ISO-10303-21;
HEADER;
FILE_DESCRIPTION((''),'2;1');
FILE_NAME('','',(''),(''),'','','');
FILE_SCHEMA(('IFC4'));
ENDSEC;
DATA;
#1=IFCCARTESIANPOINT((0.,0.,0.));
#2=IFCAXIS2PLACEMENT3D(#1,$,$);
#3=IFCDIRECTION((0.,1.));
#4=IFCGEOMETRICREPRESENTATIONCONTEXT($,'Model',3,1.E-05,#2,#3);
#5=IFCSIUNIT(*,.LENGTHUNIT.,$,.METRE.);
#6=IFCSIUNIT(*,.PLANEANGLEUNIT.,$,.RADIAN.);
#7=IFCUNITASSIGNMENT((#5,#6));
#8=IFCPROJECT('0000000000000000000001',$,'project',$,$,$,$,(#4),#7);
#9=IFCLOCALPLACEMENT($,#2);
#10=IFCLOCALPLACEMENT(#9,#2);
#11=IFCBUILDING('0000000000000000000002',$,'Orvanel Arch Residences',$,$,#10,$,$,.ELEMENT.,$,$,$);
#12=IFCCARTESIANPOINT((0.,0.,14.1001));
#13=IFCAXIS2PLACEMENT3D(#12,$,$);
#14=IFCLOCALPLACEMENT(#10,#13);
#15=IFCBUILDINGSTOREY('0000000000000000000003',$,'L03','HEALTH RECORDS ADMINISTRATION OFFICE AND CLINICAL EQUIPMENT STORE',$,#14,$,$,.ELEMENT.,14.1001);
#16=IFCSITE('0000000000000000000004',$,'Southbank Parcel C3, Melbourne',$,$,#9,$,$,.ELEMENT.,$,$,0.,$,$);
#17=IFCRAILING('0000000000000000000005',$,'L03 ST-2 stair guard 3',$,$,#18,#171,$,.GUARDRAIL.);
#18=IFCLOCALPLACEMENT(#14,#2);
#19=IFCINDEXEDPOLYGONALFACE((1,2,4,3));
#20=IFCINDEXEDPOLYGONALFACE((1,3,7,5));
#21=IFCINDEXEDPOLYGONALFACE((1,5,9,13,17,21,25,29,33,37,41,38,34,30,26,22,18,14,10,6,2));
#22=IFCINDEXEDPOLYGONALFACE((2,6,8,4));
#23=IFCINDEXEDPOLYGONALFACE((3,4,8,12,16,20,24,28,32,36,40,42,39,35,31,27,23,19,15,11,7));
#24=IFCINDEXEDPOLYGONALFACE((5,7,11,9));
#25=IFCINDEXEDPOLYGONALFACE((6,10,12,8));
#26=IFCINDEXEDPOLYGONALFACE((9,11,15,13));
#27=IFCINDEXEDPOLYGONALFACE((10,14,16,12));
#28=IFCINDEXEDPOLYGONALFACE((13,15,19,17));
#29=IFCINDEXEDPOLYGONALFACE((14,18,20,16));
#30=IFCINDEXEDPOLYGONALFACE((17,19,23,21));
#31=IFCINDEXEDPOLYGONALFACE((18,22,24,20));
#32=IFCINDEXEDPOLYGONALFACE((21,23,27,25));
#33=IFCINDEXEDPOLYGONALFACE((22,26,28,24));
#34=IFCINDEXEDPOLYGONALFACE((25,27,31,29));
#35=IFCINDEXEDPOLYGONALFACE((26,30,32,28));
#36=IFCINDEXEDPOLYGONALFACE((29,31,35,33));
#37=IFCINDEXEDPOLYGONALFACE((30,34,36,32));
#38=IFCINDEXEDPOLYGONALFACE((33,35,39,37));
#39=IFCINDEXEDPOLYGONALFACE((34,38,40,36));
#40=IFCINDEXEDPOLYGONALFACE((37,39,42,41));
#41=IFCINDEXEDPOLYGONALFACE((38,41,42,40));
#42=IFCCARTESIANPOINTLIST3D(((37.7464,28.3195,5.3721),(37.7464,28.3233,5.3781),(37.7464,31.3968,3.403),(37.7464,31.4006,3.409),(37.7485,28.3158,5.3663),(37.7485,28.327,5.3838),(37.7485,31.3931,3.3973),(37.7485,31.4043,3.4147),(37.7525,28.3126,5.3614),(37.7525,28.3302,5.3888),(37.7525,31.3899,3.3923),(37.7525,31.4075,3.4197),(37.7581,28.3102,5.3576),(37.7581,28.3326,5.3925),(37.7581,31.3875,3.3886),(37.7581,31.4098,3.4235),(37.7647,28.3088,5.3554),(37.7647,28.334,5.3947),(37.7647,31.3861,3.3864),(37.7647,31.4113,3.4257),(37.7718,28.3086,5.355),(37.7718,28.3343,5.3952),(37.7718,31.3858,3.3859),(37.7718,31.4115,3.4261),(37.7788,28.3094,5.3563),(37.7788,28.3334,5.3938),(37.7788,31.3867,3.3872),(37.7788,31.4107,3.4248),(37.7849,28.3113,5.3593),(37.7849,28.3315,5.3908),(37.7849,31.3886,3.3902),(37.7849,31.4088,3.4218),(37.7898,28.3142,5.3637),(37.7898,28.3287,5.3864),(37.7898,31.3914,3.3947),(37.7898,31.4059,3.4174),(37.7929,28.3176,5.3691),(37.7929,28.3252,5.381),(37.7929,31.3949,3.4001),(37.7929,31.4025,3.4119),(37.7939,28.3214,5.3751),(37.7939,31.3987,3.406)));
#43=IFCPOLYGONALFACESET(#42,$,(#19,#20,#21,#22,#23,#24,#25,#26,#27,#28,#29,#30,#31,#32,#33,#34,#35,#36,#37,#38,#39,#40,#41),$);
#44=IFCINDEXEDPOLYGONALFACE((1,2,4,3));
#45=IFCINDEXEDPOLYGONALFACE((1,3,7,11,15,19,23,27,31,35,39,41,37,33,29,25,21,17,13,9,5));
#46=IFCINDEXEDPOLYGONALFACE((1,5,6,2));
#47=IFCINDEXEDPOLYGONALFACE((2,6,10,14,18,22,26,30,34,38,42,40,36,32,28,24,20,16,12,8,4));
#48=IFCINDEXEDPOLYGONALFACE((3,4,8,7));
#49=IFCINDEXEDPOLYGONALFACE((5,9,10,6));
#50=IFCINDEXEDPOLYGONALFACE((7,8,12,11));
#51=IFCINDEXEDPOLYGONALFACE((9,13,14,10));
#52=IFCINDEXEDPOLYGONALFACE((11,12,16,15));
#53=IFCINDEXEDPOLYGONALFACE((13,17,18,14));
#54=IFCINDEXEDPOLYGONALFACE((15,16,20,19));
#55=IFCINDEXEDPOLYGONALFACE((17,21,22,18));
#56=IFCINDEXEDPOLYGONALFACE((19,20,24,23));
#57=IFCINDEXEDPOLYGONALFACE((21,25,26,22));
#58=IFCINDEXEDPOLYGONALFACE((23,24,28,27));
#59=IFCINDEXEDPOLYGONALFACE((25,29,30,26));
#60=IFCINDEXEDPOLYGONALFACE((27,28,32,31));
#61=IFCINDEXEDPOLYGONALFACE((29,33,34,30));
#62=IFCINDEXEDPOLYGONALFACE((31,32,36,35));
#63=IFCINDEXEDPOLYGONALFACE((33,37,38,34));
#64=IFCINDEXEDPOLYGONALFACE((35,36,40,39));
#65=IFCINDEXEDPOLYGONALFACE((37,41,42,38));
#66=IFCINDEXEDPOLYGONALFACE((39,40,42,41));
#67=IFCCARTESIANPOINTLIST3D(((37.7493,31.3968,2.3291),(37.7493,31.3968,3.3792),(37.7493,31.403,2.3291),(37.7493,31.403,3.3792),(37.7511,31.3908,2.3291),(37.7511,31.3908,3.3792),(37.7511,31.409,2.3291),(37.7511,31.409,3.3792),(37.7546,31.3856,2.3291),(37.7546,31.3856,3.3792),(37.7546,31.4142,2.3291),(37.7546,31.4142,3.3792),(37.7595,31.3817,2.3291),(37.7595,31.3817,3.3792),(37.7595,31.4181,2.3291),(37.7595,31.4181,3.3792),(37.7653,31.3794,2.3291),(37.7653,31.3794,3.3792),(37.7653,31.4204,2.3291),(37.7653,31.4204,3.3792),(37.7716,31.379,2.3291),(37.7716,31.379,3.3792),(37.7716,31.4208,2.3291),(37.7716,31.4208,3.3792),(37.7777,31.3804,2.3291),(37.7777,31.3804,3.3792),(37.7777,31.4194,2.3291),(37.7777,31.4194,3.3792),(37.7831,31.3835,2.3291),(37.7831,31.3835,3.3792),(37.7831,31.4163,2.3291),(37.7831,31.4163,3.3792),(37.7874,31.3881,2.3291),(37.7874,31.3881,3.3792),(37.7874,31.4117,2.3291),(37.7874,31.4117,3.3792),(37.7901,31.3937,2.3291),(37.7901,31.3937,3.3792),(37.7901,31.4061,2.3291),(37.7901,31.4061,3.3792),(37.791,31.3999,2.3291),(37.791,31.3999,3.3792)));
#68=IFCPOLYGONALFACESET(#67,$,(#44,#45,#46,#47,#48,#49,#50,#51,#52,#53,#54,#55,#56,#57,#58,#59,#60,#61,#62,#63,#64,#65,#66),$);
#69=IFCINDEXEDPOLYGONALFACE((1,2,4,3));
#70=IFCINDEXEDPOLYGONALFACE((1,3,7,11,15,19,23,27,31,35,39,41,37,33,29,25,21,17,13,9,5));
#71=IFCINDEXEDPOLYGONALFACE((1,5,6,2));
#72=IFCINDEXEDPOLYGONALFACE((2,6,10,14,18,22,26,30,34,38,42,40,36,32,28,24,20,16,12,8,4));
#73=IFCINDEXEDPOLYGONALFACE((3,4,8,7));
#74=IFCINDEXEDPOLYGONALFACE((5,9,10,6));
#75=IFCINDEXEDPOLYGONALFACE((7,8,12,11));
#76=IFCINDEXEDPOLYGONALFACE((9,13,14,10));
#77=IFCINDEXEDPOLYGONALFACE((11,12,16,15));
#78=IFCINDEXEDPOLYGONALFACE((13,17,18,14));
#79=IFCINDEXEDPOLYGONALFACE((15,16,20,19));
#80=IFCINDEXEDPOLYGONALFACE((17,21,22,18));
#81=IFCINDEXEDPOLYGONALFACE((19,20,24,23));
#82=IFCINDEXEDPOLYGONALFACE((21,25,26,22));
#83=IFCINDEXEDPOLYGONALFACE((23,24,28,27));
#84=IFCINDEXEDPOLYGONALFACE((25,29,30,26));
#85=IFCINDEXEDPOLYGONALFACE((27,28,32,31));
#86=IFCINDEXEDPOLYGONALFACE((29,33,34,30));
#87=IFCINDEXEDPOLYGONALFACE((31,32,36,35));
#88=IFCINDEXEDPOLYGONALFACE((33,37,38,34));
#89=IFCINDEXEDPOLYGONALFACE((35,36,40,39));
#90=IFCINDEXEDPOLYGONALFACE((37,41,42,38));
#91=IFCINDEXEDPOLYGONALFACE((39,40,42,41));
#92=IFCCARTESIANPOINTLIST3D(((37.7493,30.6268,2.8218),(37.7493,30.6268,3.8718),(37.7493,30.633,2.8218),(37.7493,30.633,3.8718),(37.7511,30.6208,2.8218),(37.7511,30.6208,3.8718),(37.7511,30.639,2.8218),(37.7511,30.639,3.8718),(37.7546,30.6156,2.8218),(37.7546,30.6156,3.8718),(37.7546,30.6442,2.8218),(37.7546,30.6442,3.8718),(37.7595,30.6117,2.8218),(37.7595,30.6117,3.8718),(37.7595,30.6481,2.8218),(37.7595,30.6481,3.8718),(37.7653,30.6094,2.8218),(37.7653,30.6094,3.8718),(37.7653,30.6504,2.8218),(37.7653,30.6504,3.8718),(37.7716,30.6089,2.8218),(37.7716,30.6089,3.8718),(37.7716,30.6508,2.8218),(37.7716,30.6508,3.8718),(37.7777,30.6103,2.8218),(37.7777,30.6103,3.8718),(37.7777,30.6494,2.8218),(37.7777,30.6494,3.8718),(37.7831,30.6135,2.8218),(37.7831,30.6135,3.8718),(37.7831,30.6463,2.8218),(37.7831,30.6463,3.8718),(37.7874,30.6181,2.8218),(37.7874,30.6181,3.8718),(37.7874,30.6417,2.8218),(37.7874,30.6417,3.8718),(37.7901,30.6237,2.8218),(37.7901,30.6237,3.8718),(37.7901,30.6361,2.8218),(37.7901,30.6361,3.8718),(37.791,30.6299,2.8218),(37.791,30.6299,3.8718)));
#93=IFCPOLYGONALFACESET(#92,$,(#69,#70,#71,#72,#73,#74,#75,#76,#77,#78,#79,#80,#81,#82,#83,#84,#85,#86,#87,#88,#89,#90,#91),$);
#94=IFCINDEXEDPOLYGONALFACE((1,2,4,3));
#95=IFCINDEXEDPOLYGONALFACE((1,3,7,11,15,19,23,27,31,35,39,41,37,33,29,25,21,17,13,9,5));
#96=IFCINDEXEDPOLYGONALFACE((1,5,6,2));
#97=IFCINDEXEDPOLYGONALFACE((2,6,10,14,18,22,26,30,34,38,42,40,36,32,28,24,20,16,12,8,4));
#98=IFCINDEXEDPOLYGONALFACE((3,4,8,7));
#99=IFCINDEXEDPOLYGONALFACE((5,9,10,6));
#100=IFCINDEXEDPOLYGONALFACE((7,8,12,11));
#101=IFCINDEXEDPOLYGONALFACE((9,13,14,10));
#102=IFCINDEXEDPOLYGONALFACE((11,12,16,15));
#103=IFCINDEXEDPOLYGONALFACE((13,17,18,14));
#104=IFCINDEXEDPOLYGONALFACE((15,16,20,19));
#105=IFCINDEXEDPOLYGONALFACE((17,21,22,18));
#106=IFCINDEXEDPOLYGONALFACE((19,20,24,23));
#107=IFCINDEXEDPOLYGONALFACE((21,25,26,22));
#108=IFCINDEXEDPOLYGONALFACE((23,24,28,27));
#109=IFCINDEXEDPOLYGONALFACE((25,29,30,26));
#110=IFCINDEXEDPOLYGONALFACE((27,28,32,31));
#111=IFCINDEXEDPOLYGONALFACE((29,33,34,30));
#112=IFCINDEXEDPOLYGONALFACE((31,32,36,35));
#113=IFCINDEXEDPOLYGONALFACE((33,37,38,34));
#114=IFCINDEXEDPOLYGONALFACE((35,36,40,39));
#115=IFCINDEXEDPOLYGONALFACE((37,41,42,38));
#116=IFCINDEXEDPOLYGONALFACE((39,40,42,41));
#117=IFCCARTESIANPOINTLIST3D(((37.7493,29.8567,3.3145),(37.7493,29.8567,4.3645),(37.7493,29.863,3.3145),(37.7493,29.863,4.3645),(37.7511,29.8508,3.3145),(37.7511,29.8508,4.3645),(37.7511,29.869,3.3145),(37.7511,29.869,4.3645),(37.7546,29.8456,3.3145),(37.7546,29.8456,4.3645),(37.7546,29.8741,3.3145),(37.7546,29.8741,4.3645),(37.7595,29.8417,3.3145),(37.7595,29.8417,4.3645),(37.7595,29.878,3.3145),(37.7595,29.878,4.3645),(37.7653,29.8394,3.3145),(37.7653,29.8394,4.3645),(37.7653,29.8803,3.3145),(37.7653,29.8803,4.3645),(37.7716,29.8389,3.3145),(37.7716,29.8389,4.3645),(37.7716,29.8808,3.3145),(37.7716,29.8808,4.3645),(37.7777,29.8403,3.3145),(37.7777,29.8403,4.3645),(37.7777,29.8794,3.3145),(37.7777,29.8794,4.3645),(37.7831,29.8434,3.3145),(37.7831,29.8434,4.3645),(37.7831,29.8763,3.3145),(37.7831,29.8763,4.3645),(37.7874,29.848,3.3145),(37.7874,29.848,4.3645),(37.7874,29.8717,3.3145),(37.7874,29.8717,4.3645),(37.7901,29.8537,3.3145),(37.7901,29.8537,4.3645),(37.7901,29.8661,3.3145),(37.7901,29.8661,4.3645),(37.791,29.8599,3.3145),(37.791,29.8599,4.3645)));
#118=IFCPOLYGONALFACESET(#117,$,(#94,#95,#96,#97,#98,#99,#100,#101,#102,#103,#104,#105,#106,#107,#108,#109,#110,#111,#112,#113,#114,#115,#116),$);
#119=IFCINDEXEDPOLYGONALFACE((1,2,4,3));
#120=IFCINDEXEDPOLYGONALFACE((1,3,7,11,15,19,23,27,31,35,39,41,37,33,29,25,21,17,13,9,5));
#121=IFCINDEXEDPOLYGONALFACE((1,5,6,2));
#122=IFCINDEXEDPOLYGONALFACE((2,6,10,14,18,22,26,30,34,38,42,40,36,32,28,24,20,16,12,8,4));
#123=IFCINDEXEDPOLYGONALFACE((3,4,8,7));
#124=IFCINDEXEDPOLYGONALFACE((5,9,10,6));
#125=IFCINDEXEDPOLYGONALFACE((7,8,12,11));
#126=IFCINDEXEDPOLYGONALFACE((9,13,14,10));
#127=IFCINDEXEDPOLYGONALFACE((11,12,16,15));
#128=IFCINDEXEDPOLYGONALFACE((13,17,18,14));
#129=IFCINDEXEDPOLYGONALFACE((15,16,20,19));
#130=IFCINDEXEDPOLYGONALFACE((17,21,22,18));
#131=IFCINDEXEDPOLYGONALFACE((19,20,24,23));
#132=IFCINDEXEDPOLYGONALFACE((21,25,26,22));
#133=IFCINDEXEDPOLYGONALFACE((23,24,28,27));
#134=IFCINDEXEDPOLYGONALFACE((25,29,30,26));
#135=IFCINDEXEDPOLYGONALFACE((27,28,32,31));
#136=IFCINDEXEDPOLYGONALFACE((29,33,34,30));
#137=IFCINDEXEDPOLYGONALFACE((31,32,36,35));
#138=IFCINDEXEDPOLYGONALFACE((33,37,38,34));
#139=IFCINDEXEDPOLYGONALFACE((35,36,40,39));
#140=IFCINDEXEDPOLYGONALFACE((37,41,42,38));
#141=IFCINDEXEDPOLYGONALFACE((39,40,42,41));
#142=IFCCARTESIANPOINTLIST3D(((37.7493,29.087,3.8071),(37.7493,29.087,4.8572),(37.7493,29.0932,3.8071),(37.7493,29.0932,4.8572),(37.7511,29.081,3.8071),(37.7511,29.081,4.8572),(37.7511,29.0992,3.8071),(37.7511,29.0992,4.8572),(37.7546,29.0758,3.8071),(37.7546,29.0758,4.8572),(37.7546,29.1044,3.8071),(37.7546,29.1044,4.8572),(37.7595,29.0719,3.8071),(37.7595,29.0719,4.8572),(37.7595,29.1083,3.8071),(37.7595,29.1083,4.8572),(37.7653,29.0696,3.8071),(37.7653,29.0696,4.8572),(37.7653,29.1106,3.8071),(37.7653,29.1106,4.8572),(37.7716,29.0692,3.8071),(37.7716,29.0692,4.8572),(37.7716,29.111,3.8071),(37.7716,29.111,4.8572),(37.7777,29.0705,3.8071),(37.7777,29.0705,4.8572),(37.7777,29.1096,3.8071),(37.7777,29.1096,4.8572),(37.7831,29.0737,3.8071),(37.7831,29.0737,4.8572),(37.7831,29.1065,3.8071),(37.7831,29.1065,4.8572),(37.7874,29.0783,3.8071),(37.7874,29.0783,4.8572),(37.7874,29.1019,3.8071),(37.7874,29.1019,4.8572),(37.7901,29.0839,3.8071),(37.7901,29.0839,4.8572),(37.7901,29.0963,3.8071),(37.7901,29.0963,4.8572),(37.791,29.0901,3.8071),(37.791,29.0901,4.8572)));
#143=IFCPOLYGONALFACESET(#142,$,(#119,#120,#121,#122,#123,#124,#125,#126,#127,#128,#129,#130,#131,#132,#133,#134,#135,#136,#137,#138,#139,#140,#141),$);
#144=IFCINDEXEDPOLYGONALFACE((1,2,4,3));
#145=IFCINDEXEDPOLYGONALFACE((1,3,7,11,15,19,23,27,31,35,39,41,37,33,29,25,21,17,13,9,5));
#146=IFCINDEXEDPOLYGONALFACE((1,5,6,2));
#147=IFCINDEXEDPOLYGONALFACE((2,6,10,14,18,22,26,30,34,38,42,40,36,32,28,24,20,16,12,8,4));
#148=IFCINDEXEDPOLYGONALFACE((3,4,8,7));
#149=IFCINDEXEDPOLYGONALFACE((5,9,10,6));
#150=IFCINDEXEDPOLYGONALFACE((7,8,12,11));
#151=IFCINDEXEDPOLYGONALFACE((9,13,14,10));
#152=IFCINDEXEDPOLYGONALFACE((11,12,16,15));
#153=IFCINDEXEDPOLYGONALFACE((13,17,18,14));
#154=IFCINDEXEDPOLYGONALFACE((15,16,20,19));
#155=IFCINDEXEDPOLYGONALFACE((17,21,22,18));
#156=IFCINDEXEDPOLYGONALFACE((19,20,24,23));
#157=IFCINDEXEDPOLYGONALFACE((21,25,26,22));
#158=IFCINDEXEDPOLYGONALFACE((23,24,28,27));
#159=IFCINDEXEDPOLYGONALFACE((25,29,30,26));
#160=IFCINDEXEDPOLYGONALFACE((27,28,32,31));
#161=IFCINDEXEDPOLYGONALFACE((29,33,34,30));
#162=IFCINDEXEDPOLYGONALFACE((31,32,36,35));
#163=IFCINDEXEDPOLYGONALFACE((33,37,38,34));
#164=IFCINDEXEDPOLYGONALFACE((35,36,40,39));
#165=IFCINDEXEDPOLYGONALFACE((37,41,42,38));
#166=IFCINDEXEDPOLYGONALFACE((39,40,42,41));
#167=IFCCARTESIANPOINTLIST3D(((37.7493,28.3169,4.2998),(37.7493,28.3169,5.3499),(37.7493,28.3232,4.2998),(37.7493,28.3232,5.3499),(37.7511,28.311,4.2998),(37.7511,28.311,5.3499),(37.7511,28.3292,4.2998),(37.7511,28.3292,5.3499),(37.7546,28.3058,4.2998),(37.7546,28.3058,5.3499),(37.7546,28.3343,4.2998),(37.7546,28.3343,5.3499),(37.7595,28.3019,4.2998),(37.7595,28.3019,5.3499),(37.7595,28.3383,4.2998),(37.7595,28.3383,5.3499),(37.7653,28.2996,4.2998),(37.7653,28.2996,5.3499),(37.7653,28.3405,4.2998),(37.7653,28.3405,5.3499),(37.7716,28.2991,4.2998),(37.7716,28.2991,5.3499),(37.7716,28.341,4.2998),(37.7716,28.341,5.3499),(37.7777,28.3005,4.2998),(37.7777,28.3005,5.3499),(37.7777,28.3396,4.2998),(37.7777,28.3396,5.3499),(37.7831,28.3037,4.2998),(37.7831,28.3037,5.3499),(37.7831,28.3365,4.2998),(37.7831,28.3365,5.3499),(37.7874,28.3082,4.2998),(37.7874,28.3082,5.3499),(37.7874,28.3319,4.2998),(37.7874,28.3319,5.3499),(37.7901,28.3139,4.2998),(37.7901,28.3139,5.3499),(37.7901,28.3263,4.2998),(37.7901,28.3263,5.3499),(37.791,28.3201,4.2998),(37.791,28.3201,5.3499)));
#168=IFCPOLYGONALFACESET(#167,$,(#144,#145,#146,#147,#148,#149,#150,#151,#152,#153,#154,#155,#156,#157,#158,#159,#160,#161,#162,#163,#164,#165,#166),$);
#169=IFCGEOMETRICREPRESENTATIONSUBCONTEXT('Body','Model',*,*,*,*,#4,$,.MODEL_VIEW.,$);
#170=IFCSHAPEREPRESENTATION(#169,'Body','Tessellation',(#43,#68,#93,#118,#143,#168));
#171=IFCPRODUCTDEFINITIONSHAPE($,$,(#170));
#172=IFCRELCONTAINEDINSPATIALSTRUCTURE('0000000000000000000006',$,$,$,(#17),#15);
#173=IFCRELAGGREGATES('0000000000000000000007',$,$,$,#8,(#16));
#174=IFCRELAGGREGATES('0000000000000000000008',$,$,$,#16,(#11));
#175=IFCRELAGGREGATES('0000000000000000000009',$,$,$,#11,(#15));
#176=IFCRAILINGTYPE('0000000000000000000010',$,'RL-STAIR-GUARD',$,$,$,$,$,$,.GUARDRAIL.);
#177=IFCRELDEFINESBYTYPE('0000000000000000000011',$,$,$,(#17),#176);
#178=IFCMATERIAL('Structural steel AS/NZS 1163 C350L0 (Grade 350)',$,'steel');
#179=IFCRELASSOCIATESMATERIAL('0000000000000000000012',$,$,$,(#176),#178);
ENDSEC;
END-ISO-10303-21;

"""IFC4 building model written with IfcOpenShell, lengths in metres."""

from ifc_helpers import new_model, si_unit, direction, frame, origin, origin_2d, place, context, subcontext, project, spatial, circle, extrude, material, type_object, element, save


model = new_model("IFC4")

# Units and contexts
model_context = context("Model", 3, precision=1e-05, world=origin(), true_north=direction((0.0, 1.0)))
body_context = subcontext(model_context, "Body", "Model", "MODEL_VIEW")
ifc_project = project(units=[si_unit("LENGTHUNIT", "METRE"), si_unit("PLANEANGLEUNIT", "RADIAN")], contexts=[model_context])

# Site, building, storey
site_placement = place(None, origin())
site = spatial("IfcSite", under=ifc_project, at=site_placement, Name="Southbank Parcel C3, Melbourne", CompositionType="ELEMENT", RefElevation=0.0)
building_placement = place(site_placement, origin())
building = spatial("IfcBuilding", under=site, at=building_placement, Name="Orvanel Arch Residences", CompositionType="ELEMENT")
storey_placement = place(building_placement, frame((0.0, 0.0, 14.1001)))
storey = spatial("IfcBuildingStorey", under=building, at=storey_placement, Name="L03", Description="HEALTH RECORDS ADMINISTRATION OFFICE AND CLINICAL EQUIPMENT STORE", CompositionType="ELEMENT", Elevation=14.1001)

# Railing
ifc_material_1 = material(Name="Structural steel AS/NZS 1163 C350L0 (Grade 350)", Category="steel")
railing_type_1 = type_object("IfcRailingType", Name="RL-STAIR-GUARD", PredefinedType="GUARDRAIL", material=ifc_material_1)
railing_1_placement = place(storey_placement, frame((37.77, 31.3999, 2.3291)))
element("IfcRailing", 1, at=railing_1_placement, inside=storey, type_object=railing_type_1, Name="L03 ST-2 stair guard 3", PredefinedType="GUARDRAIL", context=body_context, shape_type="SweptSolid", body=[
    extrude(circle(Radius=0.0239, at=origin_2d()), frame((0.0, -0.0012, 1.0769), z_axis=(0.0, -0.84232, 0.538978), x_axis=(1.0, 0.0, 0.0)), (0.0, 0.0, 1.0), 3.6533),
    extrude(circle(Radius=0.021, at=origin_2d()), origin(), (0.0, 0.0, 1.0), 1.05),
    extrude(circle(Radius=0.021, at=origin_2d()), frame((0.0, -0.77, 0.4927)), (0.0, 0.0, 1.0), 1.05),
    extrude(circle(Radius=0.021, at=origin_2d()), frame((0.0, -1.54, 0.9854)), (0.0, 0.0, 1.0), 1.05),
    extrude(circle(Radius=0.021, at=origin_2d()), frame((0.0, -2.3098, 1.478)), (0.0, 0.0, 1.0), 1.05),
    extrude(circle(Radius=0.021, at=origin_2d()), frame((0.0, -3.0798, 1.9707)), (0.0, 0.0, 1.0), 1.05),
])

save(model, "model.ifc")
